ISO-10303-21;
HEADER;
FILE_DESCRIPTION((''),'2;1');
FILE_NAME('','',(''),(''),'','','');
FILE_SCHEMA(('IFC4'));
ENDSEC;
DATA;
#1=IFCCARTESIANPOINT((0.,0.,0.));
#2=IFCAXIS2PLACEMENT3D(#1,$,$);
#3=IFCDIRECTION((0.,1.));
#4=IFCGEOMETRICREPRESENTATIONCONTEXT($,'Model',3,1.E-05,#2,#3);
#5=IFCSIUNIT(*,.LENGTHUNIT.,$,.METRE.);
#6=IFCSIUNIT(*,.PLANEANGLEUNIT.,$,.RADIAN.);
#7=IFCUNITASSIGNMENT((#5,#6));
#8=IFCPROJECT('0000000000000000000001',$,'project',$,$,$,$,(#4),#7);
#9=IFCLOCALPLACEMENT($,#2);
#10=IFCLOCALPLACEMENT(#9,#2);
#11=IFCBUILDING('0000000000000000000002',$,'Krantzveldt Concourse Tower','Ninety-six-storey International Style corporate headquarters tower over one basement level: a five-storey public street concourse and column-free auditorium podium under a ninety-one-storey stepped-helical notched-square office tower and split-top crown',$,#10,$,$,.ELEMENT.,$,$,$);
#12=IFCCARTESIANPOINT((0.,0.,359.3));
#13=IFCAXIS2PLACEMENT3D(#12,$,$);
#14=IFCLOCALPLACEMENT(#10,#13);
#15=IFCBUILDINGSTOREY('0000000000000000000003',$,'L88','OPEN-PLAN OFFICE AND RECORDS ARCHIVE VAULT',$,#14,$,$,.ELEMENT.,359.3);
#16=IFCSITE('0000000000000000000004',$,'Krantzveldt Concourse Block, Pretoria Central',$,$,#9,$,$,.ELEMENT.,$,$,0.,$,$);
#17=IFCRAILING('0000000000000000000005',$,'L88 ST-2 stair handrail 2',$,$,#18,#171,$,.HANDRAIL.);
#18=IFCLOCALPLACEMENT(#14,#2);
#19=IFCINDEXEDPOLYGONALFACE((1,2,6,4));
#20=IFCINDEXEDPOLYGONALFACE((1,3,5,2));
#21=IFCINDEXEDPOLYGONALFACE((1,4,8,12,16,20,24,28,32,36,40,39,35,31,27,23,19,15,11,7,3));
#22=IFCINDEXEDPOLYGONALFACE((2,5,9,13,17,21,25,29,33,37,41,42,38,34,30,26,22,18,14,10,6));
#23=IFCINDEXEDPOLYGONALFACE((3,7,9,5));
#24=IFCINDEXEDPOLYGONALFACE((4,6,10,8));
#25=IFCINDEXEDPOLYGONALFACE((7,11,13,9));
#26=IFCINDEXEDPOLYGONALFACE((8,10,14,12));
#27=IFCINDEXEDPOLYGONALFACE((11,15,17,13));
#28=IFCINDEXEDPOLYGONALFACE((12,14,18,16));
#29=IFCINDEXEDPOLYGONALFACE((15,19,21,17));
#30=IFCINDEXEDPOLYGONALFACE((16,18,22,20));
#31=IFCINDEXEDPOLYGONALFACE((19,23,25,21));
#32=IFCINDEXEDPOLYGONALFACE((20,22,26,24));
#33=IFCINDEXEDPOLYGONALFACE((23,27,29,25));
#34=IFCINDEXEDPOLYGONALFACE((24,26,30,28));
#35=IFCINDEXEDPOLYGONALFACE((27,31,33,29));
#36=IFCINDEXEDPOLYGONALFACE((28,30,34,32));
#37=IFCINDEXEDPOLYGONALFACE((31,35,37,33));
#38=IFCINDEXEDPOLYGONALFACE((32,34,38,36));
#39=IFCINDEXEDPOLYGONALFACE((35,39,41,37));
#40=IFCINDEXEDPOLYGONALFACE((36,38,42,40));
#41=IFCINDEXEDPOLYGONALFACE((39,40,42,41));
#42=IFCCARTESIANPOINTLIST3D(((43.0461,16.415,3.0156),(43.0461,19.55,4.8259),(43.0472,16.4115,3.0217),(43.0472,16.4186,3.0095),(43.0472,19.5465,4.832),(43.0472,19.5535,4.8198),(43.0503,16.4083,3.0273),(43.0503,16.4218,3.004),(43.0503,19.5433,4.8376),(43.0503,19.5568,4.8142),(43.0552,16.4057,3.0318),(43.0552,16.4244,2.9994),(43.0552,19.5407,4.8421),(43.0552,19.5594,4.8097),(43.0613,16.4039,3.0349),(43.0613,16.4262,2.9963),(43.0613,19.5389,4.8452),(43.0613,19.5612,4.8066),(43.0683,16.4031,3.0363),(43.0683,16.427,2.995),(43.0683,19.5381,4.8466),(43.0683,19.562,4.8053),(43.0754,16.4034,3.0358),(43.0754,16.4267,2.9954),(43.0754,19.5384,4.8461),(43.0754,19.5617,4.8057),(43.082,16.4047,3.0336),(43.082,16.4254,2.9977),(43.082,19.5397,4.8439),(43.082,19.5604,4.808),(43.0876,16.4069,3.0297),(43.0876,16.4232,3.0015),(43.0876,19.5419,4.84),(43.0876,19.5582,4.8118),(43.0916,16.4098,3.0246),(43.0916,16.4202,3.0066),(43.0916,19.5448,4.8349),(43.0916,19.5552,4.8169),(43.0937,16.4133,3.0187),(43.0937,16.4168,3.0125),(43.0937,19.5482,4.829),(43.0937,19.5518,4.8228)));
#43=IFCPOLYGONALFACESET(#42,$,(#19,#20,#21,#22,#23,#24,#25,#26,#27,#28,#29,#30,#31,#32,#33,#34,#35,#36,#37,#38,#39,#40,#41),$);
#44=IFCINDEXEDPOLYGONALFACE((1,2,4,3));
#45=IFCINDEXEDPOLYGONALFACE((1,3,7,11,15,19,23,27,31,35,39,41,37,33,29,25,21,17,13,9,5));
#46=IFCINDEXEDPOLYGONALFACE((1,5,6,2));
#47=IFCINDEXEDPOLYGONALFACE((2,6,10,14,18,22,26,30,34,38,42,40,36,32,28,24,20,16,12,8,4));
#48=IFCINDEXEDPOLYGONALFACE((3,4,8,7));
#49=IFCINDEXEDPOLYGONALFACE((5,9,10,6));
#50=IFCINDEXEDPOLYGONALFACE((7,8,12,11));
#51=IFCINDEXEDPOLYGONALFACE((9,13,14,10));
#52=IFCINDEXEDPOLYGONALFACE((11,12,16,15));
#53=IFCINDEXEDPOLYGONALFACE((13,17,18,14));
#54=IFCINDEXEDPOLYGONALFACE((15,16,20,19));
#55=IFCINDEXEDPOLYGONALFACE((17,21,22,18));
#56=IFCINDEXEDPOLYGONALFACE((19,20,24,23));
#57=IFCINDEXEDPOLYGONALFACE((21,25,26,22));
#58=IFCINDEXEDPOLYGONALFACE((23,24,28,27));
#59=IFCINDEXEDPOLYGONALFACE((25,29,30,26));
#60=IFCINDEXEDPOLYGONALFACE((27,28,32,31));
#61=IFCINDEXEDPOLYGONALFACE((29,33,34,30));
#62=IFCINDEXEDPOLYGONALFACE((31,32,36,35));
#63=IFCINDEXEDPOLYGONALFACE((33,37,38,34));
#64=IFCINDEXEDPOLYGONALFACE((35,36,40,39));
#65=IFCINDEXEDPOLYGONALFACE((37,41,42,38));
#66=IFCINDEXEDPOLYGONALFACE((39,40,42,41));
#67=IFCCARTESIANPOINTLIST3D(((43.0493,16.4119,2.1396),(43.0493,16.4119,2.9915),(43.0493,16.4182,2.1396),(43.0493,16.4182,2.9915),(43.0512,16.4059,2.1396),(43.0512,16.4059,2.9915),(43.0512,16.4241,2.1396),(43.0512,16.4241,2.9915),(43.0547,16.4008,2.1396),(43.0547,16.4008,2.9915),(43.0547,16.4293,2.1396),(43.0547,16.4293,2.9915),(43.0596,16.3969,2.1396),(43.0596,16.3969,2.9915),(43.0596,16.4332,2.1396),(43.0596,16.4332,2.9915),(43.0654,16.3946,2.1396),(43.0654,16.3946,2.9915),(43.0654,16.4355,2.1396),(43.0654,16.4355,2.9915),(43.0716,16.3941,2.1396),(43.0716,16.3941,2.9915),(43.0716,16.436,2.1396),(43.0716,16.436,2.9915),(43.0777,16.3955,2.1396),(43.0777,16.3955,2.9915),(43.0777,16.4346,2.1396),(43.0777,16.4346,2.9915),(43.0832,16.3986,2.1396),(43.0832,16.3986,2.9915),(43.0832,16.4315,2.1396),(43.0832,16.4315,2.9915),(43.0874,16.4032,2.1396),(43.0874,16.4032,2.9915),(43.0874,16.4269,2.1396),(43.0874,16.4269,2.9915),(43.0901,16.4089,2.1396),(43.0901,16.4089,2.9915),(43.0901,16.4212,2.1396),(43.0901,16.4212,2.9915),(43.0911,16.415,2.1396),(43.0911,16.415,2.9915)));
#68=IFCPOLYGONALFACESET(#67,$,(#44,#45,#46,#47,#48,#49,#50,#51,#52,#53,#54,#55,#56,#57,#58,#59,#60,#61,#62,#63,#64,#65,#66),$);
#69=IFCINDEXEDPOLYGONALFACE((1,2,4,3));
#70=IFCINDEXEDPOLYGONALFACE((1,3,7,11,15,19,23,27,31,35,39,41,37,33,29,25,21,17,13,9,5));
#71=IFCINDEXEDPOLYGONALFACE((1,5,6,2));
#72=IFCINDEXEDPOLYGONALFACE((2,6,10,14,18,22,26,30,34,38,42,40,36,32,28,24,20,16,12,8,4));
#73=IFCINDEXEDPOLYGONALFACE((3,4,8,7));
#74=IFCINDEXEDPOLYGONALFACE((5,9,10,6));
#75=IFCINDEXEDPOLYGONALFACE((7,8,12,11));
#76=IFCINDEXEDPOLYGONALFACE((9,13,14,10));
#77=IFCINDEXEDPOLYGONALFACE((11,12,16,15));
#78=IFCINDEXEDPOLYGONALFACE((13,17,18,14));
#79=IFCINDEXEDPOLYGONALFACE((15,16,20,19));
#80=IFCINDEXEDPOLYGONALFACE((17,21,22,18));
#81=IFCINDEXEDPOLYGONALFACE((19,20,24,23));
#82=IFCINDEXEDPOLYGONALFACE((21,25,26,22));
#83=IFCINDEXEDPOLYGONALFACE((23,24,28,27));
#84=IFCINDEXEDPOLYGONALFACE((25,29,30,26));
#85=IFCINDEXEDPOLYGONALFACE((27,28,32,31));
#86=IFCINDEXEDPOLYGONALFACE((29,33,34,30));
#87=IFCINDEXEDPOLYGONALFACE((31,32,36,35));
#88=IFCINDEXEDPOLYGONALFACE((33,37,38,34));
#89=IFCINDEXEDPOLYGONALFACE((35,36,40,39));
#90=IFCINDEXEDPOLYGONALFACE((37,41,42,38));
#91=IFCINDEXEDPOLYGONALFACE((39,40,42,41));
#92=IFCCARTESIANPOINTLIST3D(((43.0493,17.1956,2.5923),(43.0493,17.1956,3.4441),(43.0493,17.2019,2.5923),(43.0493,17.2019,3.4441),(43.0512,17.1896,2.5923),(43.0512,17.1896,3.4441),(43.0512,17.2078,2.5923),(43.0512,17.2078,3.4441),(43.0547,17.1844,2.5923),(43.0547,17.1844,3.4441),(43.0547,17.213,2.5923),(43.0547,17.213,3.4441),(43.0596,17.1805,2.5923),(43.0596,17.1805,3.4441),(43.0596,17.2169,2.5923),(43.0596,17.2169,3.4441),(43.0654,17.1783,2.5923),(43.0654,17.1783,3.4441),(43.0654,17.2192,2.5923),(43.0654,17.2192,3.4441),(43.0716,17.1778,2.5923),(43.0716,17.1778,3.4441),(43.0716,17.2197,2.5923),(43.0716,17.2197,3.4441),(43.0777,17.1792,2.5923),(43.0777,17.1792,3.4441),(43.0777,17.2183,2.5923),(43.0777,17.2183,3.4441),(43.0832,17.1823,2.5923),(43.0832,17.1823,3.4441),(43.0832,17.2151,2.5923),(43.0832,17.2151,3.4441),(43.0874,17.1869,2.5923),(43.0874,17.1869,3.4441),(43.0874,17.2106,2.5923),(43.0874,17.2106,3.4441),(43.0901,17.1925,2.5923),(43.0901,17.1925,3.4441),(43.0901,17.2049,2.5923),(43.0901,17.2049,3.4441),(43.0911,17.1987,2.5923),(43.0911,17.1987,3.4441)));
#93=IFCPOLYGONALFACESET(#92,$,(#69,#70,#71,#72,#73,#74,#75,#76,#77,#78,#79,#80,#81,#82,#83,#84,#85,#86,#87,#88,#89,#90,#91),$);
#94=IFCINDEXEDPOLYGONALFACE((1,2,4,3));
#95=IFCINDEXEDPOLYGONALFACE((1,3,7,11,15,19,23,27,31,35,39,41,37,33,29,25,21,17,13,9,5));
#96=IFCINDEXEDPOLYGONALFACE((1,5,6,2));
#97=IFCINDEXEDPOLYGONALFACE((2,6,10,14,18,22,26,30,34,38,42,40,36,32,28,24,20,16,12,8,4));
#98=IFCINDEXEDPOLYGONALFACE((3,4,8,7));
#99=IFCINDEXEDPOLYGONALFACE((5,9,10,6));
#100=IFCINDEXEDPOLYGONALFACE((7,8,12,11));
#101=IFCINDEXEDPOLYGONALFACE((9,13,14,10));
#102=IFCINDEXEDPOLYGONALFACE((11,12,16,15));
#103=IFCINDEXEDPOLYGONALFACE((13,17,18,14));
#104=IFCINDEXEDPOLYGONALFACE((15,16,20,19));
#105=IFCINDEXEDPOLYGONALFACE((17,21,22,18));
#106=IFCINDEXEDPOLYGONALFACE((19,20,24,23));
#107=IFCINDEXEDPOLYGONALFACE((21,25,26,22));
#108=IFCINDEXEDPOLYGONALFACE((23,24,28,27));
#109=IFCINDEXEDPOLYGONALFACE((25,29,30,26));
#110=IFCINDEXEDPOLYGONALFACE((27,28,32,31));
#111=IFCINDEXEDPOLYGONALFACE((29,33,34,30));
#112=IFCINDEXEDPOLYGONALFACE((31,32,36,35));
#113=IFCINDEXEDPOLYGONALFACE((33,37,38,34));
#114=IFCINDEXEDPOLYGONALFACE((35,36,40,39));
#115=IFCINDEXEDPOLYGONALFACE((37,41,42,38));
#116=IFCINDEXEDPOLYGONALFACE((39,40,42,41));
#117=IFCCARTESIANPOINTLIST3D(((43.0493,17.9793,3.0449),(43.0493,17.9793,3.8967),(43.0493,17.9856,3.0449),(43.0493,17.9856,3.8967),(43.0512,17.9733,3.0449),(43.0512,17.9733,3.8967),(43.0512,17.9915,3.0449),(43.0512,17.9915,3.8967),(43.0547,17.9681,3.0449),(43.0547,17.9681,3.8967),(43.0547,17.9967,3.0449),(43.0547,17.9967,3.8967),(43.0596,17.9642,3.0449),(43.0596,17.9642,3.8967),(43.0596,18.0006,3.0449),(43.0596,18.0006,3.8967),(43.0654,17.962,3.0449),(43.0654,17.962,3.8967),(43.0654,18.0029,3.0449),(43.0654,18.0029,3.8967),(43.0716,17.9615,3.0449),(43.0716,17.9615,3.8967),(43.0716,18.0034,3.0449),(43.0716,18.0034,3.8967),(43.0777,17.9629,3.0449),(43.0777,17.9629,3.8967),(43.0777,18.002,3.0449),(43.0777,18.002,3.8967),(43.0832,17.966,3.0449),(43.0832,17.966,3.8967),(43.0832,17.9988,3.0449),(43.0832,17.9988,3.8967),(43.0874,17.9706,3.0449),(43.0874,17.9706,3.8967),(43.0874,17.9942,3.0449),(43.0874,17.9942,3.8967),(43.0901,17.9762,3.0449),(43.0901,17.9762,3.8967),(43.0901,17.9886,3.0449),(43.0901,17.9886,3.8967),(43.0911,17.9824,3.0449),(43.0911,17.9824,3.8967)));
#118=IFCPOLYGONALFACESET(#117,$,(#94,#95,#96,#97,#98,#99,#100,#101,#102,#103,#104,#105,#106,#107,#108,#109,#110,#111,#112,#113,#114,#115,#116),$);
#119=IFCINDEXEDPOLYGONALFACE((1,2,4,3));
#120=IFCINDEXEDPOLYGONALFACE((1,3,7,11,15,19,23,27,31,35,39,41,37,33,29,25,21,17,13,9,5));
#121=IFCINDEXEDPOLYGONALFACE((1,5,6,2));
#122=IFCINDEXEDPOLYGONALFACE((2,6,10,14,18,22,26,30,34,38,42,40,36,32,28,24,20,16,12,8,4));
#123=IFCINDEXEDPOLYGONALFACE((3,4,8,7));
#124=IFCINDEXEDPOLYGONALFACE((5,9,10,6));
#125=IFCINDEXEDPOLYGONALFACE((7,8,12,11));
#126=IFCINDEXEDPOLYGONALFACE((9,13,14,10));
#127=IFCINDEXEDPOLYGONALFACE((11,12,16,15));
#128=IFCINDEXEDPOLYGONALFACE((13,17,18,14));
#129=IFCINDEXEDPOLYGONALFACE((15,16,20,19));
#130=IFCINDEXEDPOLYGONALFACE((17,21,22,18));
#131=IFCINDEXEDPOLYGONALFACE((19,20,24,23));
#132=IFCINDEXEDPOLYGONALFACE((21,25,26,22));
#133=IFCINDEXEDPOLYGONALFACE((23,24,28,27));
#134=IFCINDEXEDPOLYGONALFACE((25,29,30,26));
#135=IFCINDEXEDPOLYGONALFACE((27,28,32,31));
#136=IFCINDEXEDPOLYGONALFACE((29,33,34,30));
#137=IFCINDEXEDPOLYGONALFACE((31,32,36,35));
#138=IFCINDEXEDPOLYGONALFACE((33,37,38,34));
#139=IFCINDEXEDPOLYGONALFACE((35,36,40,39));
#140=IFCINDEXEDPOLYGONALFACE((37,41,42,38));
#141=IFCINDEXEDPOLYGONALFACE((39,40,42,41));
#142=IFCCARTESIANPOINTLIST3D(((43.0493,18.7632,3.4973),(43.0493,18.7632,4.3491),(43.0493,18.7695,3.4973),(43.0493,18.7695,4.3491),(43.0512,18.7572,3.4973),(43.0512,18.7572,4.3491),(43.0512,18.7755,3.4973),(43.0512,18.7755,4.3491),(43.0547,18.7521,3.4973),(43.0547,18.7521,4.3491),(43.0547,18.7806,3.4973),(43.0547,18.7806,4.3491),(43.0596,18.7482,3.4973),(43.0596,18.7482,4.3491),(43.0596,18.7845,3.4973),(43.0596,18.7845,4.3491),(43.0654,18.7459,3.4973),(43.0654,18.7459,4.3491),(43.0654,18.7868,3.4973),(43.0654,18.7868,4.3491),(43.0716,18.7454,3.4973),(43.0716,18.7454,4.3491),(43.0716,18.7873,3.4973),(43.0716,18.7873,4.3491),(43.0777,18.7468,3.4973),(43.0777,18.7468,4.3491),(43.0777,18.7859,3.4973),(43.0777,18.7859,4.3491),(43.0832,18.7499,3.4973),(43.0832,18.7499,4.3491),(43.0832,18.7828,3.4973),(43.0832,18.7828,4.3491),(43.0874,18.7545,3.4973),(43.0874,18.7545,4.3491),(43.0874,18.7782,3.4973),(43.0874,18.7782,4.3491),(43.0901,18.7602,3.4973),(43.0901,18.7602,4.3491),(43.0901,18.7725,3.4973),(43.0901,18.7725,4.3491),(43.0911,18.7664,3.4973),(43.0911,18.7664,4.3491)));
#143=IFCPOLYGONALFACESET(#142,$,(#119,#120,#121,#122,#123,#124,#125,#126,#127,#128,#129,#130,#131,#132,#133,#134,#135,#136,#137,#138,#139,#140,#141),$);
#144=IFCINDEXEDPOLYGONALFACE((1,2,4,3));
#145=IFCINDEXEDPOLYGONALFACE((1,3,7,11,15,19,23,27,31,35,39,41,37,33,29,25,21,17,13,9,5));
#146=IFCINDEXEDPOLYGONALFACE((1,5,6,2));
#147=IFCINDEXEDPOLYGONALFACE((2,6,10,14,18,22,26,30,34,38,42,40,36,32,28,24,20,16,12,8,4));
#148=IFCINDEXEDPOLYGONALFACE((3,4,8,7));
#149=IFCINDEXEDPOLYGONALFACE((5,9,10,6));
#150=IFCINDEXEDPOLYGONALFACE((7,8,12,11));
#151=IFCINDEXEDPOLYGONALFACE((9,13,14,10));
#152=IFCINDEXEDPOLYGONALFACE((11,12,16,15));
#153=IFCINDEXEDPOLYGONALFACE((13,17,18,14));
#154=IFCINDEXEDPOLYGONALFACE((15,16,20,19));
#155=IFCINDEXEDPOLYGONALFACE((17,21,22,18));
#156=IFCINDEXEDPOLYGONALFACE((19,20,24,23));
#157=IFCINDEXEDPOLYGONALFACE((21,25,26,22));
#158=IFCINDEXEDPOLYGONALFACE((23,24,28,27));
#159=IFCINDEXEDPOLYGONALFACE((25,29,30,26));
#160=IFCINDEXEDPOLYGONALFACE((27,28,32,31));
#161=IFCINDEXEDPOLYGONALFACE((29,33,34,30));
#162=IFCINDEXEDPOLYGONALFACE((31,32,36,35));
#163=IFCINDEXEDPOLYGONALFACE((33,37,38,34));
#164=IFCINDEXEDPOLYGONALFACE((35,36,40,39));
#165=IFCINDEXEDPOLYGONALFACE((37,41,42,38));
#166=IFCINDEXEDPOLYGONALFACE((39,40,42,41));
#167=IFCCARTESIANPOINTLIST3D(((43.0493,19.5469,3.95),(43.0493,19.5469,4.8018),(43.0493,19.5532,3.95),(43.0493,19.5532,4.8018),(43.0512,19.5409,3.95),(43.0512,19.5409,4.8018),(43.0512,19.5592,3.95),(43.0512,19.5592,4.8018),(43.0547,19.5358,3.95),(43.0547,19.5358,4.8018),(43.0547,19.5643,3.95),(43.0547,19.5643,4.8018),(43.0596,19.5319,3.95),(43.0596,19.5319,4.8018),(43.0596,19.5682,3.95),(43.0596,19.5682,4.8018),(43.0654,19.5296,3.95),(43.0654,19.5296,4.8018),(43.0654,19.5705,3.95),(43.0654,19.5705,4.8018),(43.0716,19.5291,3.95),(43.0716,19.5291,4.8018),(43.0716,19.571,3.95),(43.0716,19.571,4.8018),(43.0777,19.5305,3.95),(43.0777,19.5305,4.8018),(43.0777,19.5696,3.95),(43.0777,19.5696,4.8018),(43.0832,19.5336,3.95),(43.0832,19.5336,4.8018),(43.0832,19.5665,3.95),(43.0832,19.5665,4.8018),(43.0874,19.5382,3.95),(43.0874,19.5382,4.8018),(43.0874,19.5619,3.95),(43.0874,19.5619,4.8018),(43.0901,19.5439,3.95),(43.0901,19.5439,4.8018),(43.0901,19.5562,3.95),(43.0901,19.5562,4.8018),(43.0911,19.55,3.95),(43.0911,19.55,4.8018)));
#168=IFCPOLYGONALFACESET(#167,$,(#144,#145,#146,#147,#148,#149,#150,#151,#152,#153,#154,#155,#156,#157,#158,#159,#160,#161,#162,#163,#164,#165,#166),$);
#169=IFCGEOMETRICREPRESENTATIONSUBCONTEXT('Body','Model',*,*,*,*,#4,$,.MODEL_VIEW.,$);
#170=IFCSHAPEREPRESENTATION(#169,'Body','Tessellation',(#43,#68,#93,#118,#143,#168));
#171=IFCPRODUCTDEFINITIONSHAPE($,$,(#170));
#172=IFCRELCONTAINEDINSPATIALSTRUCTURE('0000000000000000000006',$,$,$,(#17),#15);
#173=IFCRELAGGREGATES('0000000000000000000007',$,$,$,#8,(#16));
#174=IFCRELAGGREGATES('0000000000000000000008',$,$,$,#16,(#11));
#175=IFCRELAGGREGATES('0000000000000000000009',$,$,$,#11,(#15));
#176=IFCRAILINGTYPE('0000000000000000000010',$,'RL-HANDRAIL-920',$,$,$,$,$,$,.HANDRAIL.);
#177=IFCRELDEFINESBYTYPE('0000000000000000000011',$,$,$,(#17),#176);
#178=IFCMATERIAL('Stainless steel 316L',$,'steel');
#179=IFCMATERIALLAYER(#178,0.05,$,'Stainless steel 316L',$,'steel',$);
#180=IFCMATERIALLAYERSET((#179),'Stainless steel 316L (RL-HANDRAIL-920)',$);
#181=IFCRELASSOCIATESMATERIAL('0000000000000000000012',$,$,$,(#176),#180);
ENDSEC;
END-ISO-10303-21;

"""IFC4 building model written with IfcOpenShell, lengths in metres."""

from ifc_helpers import new_model, si_unit, direction, frame, origin, origin_2d, place, context, subcontext, project, spatial, circle, extrude, material, layer, layer_set, type_object, element, save


model = new_model("IFC4")

# Units and contexts
model_context = context("Model", 3, precision=1e-05, world=origin(), true_north=direction((0.0, 1.0)))
body_context = subcontext(model_context, "Body", "Model", "MODEL_VIEW")
ifc_project = project(units=[si_unit("LENGTHUNIT", "METRE"), si_unit("PLANEANGLEUNIT", "RADIAN")], contexts=[model_context])

# Site, building, storey
site_placement = place(None, origin())
site = spatial("IfcSite", under=ifc_project, at=site_placement, Name="Krantzveldt Concourse Block, Pretoria Central", CompositionType="ELEMENT", RefElevation=0.0)
building_placement = place(site_placement, origin())
building = spatial("IfcBuilding", under=site, at=building_placement, Name="Krantzveldt Concourse Tower", Description="Ninety-six-storey International Style corporate headquarters tower over one basement level: a five-storey public street concourse and column-free auditorium podium under a ninety-one-storey stepped-helical notched-square office tower and split-top crown", CompositionType="ELEMENT")
storey_placement = place(building_placement, frame((0.0, 0.0, 359.3)))
storey = spatial("IfcBuildingStorey", under=building, at=storey_placement, Name="L88", Description="OPEN-PLAN OFFICE AND RECORDS ARCHIVE VAULT", CompositionType="ELEMENT", Elevation=359.3)

# Railing
ifc_material_1 = material(Name="Stainless steel 316L", Category="steel")
ifc_layer_1 = layer(ifc_material_1, 0.05, Name="Stainless steel 316L", Category="steel")
ifc_layer_set_1 = layer_set([ifc_layer_1], Name="Stainless steel 316L (RL-HANDRAIL-920)")
railing_type_1 = type_object("IfcRailingType", Name="RL-HANDRAIL-920", PredefinedType="HANDRAIL", material=ifc_layer_set_1)
railing_1_placement = place(storey_placement, frame((43.0701, 16.415, 2.1396)))
element("IfcRailing", 1, at=railing_1_placement, inside=storey, type_object=railing_type_1, Name="L88 ST-2 stair handrail 2", PredefinedType="HANDRAIL", context=body_context, shape_type="SweptSolid", body=[
    extrude(circle(Radius=0.0239, at=origin_2d()), frame((0.0, 0.0, 0.876), z_axis=(0.0, 0.865989, 0.500063), x_axis=(-1.0, 0.0, 0.0)), (0.0, 0.0, 1.0), 3.6201),
    extrude(circle(Radius=0.021, at=origin_2d()), origin(), (0.0, 0.0, 1.0), 0.8518),
    extrude(circle(Radius=0.021, at=origin_2d()), frame((0.0, 0.7837, 0.4526)), (0.0, 0.0, 1.0), 0.8518),
    extrude(circle(Radius=0.021, at=origin_2d()), frame((0.0, 1.5674, 0.9053)), (0.0, 0.0, 1.0), 0.8518),
    extrude(circle(Radius=0.021, at=origin_2d()), frame((0.0, 2.3513, 1.3577)), (0.0, 0.0, 1.0), 0.8518),
    extrude(circle(Radius=0.021, at=origin_2d()), frame((0.0, 3.135, 1.8103)), (0.0, 0.0, 1.0), 0.8518),
])

save(model, "model.ifc")
